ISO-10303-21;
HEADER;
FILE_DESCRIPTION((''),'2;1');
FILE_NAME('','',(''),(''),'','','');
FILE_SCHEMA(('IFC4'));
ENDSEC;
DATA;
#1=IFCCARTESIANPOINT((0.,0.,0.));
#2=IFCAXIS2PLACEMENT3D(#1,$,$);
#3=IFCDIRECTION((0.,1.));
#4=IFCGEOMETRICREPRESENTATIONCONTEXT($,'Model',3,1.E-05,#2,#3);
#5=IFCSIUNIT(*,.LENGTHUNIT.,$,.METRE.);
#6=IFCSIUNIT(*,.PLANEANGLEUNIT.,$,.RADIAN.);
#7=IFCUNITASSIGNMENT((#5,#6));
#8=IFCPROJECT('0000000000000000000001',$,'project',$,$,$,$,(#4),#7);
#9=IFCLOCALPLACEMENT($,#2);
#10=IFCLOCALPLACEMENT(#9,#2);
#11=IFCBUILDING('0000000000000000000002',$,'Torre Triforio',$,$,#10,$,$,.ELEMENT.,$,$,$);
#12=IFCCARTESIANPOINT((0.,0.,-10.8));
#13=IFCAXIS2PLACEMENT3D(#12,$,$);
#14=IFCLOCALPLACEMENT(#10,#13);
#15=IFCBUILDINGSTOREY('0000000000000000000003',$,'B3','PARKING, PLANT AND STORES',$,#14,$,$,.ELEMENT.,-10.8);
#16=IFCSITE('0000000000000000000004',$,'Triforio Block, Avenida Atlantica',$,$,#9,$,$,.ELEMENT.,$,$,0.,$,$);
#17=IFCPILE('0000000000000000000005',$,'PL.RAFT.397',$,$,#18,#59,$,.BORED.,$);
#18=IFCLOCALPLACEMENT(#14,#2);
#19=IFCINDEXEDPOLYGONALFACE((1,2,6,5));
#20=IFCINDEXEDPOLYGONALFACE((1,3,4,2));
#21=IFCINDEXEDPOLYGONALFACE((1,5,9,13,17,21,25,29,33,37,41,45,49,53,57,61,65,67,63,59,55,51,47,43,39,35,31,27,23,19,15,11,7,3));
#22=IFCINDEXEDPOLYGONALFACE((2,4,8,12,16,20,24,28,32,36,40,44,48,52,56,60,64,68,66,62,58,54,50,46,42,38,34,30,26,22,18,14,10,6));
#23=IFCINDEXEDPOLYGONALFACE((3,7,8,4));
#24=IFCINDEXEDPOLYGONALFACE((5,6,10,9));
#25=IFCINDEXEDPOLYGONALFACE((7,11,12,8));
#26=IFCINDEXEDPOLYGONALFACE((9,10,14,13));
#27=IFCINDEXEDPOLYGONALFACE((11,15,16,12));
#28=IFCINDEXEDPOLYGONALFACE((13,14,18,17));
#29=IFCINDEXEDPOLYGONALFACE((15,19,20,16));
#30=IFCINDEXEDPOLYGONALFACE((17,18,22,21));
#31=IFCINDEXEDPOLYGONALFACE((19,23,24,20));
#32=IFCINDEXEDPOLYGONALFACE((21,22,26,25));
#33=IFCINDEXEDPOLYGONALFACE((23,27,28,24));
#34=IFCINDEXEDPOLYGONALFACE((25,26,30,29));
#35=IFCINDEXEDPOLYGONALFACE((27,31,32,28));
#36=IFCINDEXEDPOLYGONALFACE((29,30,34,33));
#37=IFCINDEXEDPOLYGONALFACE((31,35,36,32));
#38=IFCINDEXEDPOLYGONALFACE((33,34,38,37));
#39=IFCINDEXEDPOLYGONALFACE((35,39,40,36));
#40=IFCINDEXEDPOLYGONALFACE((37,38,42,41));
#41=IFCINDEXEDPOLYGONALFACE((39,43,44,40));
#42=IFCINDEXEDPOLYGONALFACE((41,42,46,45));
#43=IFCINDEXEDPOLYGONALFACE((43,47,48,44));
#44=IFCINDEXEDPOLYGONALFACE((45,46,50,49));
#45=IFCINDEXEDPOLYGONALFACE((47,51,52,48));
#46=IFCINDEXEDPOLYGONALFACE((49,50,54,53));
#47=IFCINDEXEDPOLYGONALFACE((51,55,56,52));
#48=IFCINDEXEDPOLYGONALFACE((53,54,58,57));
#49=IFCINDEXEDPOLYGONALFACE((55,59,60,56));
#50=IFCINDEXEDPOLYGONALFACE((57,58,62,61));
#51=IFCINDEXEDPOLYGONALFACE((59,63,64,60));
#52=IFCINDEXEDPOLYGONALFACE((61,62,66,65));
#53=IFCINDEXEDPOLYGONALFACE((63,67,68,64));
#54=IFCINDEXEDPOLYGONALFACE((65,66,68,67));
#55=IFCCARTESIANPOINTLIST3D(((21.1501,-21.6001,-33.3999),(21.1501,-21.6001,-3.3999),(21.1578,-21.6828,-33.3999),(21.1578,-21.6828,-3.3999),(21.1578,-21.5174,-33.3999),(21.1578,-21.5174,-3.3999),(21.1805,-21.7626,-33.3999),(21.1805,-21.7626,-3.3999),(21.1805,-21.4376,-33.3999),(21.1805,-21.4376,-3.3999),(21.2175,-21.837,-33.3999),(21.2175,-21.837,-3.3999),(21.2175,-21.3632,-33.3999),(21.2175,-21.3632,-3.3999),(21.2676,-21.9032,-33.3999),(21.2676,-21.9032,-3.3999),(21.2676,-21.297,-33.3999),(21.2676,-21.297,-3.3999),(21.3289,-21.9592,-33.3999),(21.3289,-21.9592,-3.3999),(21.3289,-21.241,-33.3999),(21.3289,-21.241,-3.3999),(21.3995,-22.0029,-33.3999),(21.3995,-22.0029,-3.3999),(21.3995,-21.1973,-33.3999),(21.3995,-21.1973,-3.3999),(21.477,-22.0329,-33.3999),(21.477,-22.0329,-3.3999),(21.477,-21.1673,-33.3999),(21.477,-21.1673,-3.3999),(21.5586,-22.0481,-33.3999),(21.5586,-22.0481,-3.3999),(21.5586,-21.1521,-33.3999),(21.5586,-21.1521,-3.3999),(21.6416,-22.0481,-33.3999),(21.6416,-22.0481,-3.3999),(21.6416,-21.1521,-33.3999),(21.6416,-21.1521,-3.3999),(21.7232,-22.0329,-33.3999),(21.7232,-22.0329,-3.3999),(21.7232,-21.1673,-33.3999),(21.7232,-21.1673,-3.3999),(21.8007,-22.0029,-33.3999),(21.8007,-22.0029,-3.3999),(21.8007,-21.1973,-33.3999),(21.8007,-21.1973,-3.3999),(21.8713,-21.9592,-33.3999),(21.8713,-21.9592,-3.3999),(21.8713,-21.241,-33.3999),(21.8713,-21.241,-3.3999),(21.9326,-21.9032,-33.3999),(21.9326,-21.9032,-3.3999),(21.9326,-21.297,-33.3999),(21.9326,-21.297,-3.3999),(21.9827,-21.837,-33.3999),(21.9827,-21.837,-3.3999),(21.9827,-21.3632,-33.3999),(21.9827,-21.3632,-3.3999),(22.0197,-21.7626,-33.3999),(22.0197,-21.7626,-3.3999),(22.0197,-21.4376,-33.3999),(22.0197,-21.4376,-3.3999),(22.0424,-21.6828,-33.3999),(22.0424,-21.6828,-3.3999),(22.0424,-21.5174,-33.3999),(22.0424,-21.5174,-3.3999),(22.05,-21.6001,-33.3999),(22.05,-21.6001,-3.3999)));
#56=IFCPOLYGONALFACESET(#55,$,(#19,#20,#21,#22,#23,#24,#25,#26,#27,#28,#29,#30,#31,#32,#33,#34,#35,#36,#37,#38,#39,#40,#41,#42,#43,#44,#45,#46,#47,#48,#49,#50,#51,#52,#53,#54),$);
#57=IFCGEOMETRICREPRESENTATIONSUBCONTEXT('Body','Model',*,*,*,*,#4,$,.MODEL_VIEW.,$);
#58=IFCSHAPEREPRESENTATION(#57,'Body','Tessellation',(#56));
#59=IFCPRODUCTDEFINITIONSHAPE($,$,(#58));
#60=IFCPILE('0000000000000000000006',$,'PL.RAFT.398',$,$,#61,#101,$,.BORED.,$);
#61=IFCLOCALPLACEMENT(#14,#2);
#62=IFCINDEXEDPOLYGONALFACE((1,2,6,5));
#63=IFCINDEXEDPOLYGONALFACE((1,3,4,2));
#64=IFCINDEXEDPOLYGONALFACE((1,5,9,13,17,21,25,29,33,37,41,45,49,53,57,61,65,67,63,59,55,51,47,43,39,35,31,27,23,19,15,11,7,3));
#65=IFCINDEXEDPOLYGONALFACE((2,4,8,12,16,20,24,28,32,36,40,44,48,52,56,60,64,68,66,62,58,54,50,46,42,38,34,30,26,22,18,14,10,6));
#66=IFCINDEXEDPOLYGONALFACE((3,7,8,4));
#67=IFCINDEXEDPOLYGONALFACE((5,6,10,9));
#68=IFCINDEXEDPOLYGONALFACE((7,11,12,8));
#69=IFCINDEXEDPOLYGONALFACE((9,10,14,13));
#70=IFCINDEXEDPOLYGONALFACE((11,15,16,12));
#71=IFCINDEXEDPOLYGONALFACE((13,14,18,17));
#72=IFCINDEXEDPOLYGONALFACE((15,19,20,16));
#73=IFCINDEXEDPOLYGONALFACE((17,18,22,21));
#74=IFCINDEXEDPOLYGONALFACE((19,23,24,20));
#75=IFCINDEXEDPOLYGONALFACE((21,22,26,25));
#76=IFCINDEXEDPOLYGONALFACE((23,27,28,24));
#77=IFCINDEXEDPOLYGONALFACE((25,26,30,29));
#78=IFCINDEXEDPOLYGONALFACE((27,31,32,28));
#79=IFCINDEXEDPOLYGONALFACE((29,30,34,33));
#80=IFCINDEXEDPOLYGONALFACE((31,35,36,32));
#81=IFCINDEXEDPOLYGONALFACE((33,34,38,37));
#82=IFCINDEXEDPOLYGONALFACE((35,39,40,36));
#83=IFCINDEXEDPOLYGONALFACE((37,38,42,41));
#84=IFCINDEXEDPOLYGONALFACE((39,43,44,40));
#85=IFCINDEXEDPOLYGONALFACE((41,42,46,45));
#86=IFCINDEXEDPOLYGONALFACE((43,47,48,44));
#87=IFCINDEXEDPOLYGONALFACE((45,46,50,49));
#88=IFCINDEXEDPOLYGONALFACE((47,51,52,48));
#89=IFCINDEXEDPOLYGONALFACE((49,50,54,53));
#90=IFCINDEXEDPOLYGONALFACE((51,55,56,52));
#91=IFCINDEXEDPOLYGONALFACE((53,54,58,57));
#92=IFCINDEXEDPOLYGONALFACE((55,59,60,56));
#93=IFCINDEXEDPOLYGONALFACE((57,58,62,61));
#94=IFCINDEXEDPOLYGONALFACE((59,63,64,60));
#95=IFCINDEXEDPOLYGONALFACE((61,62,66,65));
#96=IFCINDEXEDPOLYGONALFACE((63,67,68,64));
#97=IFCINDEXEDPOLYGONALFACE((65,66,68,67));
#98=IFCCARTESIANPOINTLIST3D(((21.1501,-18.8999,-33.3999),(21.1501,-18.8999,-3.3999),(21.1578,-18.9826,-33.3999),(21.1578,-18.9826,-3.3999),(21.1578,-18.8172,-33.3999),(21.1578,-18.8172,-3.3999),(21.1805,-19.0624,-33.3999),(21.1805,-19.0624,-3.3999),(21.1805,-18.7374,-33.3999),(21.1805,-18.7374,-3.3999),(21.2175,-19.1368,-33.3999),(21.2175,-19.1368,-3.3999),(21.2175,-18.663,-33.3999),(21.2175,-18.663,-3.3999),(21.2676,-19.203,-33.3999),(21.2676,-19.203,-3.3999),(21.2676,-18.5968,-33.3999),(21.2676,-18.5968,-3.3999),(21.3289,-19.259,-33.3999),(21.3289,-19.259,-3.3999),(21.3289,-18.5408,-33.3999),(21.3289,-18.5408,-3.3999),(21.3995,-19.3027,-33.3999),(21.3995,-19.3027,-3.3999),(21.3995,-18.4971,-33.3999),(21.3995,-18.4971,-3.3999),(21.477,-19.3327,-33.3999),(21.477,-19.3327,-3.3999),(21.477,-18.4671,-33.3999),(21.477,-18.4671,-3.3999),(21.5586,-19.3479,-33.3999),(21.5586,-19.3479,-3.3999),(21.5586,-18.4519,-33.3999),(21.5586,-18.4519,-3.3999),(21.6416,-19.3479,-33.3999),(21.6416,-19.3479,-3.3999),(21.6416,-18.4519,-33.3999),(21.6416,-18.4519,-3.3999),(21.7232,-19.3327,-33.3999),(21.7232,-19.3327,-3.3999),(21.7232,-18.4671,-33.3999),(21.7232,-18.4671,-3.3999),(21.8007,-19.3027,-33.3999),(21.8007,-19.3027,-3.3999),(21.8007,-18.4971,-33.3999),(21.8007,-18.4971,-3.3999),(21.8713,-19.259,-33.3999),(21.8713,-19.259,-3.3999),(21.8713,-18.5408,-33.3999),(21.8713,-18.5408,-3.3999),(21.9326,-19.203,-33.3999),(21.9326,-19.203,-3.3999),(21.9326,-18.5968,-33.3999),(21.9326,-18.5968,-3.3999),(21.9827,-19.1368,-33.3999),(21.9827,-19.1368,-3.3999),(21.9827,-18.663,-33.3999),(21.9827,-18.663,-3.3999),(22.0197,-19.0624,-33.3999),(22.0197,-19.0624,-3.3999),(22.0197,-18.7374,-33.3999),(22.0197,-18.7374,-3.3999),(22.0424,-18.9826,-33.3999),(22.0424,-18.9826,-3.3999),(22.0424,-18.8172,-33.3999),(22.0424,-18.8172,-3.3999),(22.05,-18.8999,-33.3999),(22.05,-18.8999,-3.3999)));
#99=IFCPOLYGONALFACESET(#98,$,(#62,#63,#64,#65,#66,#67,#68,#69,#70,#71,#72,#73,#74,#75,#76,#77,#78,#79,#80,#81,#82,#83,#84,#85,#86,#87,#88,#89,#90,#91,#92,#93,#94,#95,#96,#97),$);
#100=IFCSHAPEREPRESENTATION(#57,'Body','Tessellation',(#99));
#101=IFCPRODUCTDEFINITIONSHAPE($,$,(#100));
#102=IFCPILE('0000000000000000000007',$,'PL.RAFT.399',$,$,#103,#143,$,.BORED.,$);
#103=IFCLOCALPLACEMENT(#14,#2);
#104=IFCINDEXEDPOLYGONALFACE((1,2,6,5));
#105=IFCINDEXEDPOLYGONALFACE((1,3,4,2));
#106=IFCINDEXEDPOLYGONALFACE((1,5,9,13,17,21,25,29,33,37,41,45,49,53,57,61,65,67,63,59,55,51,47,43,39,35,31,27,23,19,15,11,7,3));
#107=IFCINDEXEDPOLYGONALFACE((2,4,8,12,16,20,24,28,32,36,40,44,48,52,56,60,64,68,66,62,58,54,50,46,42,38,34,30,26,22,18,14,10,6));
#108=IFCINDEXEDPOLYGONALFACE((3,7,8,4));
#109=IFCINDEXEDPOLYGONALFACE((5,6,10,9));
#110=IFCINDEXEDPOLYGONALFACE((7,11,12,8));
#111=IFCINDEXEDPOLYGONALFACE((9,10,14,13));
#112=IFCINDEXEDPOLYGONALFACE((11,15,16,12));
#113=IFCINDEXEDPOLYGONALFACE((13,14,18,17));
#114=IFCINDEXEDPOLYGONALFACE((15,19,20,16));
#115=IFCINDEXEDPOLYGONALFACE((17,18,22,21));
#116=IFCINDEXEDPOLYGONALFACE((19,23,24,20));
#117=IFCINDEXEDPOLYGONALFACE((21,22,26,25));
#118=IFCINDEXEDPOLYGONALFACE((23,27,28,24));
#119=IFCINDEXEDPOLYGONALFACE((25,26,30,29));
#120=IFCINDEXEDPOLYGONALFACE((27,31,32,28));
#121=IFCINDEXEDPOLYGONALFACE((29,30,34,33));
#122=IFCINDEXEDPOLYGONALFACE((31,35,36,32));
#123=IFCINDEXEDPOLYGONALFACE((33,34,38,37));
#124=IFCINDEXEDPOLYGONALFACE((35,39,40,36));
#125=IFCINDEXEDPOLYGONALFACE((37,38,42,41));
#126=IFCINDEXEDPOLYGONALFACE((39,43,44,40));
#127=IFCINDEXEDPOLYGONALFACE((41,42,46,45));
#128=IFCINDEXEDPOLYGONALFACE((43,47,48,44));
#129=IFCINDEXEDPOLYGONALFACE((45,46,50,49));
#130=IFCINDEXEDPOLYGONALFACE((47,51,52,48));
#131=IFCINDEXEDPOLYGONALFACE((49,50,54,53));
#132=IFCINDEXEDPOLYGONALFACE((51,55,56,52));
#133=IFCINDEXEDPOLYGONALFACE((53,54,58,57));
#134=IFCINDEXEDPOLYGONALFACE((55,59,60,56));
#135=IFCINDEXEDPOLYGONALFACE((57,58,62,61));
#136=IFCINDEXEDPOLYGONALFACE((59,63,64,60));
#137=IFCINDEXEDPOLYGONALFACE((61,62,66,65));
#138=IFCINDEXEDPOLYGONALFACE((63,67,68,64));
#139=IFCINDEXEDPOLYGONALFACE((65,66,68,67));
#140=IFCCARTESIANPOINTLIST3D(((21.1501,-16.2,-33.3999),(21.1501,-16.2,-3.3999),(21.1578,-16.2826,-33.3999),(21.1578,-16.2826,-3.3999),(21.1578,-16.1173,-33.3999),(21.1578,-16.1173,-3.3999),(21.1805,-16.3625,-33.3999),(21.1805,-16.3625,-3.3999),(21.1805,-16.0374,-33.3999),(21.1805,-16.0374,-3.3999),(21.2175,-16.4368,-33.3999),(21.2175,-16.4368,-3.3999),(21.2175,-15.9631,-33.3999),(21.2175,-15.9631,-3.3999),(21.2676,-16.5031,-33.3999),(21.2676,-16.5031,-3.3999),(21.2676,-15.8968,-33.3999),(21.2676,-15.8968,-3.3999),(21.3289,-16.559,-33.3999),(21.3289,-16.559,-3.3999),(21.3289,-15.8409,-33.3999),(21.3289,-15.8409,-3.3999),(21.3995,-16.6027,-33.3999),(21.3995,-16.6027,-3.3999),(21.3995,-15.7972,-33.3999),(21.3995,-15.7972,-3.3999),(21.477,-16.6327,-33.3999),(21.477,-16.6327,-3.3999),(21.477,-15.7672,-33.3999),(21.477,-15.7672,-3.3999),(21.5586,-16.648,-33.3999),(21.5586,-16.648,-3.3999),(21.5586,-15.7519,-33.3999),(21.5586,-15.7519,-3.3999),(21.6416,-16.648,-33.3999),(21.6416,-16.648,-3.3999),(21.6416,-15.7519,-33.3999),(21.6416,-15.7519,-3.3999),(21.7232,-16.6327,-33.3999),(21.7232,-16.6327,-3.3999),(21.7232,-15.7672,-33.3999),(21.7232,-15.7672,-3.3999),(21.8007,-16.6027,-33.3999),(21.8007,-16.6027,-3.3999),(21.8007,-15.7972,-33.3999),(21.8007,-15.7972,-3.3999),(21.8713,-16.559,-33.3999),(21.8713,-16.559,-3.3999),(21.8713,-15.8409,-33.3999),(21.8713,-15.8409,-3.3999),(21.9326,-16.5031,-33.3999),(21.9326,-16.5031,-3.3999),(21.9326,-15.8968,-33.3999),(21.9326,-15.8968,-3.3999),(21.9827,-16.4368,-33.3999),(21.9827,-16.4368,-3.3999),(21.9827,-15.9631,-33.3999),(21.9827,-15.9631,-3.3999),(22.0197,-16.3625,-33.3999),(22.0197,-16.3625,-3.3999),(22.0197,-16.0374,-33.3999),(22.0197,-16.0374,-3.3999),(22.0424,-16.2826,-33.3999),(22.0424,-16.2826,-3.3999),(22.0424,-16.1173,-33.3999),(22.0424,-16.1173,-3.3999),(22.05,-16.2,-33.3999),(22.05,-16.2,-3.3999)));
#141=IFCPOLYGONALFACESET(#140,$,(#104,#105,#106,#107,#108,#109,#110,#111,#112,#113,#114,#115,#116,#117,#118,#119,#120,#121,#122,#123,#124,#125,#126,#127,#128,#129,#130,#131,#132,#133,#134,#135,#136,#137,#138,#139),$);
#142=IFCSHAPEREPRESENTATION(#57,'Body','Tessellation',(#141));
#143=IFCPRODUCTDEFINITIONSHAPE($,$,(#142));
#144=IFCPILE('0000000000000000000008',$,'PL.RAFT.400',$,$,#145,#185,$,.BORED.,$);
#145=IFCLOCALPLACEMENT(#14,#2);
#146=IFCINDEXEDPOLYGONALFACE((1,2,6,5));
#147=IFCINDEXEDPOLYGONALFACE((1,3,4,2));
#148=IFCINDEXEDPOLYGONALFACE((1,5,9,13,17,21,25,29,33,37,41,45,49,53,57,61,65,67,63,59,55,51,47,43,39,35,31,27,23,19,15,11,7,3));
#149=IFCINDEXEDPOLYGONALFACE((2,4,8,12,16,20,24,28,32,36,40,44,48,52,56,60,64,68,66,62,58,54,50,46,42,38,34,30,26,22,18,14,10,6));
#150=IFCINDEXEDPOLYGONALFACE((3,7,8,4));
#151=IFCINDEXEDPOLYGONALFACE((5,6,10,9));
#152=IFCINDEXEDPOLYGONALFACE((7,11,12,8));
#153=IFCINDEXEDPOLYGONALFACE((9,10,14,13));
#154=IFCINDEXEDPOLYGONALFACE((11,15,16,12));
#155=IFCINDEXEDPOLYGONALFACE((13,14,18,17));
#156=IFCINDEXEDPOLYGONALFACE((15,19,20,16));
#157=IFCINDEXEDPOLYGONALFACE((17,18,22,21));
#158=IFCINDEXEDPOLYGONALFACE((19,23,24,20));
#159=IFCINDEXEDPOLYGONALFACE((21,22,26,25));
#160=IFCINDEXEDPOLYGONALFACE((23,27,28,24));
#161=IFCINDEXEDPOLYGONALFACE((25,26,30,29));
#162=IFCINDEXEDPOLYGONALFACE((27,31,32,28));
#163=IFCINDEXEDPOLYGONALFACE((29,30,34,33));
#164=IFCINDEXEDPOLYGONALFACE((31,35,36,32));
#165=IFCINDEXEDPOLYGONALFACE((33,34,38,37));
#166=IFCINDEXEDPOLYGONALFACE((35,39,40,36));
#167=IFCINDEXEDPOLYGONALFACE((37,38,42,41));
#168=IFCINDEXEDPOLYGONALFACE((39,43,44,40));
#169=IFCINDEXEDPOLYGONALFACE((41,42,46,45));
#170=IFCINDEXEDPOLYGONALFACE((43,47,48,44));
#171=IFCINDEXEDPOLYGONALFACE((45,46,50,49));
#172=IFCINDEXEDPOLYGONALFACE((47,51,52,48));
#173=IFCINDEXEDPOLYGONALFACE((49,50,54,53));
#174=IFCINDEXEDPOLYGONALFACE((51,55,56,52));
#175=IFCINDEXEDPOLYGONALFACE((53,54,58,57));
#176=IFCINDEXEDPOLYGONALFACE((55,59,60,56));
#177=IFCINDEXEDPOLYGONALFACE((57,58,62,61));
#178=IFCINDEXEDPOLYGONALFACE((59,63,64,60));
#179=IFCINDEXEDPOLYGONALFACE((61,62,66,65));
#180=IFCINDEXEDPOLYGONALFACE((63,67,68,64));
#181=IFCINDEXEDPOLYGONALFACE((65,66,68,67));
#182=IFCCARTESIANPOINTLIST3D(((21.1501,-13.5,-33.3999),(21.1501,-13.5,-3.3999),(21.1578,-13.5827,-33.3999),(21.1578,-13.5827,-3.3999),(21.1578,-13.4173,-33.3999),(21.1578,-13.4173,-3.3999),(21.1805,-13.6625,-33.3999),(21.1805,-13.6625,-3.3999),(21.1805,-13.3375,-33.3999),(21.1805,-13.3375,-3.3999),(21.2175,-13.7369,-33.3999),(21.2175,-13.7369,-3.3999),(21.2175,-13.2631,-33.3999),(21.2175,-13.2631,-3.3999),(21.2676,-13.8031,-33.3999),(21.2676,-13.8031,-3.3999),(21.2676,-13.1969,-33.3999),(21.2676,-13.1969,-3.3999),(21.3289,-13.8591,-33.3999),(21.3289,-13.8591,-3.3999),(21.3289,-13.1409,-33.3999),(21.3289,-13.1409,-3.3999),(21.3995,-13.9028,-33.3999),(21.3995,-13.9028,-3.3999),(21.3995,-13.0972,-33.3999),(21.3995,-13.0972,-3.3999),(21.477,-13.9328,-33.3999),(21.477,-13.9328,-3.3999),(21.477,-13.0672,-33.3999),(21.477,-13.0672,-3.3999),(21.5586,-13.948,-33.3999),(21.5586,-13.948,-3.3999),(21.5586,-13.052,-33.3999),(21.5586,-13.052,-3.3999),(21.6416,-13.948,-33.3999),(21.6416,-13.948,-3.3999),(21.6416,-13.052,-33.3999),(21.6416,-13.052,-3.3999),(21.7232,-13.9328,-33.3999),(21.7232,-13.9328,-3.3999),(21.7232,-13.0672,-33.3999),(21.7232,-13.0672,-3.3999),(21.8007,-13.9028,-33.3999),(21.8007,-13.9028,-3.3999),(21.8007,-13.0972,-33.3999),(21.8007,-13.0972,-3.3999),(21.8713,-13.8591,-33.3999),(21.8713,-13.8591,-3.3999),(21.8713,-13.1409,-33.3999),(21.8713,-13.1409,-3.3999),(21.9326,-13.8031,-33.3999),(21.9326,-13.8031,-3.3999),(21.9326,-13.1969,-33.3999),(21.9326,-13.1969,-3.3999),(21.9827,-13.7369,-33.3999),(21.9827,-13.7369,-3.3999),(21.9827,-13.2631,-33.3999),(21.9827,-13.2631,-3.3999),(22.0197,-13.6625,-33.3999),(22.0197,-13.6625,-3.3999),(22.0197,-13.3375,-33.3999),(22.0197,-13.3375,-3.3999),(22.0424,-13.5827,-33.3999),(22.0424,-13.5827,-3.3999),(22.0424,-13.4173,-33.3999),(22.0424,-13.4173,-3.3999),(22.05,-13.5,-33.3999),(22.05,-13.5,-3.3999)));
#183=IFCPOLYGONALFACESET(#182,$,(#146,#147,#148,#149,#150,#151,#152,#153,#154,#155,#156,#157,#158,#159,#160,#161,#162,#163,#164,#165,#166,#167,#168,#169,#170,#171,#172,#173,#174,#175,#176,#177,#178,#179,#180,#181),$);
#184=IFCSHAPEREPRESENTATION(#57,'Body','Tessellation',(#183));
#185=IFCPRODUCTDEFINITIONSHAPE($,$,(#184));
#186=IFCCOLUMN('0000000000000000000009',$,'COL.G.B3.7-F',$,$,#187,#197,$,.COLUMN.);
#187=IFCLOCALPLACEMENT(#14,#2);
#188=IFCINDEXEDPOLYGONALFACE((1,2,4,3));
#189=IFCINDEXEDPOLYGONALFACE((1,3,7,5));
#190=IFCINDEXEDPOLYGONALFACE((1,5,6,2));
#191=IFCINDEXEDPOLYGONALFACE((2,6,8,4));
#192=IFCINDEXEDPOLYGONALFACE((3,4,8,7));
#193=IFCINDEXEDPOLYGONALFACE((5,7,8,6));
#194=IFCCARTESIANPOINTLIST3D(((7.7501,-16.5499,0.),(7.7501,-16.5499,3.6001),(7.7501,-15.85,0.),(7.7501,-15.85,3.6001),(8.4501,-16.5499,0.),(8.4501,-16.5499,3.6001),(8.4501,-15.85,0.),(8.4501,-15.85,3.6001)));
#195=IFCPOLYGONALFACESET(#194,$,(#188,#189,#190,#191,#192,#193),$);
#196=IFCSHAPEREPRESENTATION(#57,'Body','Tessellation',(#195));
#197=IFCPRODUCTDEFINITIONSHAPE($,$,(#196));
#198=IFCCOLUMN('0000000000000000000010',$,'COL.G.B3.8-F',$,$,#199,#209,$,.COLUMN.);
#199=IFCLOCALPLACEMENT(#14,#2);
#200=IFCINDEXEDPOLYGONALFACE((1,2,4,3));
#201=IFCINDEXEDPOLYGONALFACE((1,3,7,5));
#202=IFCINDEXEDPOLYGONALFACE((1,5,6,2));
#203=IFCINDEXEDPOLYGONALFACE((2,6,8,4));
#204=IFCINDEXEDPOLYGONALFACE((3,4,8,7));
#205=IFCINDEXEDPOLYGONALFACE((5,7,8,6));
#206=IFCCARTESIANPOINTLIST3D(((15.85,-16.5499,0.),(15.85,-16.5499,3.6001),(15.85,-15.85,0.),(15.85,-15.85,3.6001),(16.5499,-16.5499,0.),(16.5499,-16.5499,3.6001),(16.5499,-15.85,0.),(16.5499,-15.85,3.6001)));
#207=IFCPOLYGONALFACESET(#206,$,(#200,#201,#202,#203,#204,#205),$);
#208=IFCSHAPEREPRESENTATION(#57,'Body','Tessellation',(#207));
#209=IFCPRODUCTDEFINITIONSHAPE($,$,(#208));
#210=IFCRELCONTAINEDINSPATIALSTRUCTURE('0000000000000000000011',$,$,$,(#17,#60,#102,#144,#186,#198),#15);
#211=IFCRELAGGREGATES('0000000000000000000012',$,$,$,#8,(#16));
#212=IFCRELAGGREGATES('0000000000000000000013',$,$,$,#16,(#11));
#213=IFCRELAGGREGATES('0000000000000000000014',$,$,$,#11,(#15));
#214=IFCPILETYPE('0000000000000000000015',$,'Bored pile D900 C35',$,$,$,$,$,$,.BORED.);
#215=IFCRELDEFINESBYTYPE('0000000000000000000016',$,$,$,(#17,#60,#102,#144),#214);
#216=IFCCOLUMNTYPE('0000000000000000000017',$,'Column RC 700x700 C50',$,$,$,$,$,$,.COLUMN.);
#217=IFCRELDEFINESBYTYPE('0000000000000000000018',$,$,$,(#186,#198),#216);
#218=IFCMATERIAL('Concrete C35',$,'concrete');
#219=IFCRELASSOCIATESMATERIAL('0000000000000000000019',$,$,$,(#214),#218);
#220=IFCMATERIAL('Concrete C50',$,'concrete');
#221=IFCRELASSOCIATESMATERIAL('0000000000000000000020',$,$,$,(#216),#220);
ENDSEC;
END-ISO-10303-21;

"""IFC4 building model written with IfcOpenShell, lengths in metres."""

from ifc_helpers import new_model, si_unit, direction, frame, origin, origin_2d, place, context, subcontext, project, spatial, rectangle, circle, extrude, material, material_profile, profile_set, type_object, element, save


model = new_model("IFC4")

# Units and contexts
model_context = context("Model", 3, precision=1e-05, world=origin(), true_north=direction((0.0, 1.0)))
body_context = subcontext(model_context, "Body", "Model", "MODEL_VIEW")
ifc_project = project(units=[si_unit("LENGTHUNIT", "METRE"), si_unit("PLANEANGLEUNIT", "RADIAN")], contexts=[model_context])

# Site, building, storey
site_placement = place(None, origin())
site = spatial("IfcSite", under=ifc_project, at=site_placement, Name="Triforio Block, Avenida Atlantica", CompositionType="ELEMENT", RefElevation=0.0)
building_placement = place(site_placement, origin())
building = spatial("IfcBuilding", under=site, at=building_placement, Name="Torre Triforio", CompositionType="ELEMENT")
storey_placement = place(building_placement, frame((0.0, 0.0, -10.8)))
storey = spatial("IfcBuildingStorey", under=building, at=storey_placement, Name="B3", Description="PARKING, PLANT AND STORES", CompositionType="ELEMENT", Elevation=-10.8)

# Piles
ifc_material_1 = material(Name="Concrete C35", Category="concrete")
ifc_material_profile_1 = material_profile(ifc_material_1, circle(Radius=0.45, at=origin_2d()), Name="RC D900")
ifc_profile_set_1 = profile_set([ifc_material_profile_1], Name="Concrete C35")
pile_type = type_object("IfcPileType", Name="Bored pile D900 C35", PredefinedType="BORED", material=ifc_profile_set_1)
for number, where, z_axis, x_axis, name in (
    (1, (21.6001, -21.6001, -3.3999), (0.0, 0.0, -1.0), (1.0, 0.0, 0.0), "PL.RAFT.397"),
    (2, (21.6001, -18.8999, -3.3999), (0.0, 0.0, -1.0), (1.0, 0.0, 0.0), "PL.RAFT.398"),
    (3, (21.6001, -16.2, -3.3999), (0.0, 0.0, -1.0), (1.0, 0.0, 0.0), "PL.RAFT.399"),
    (4, (21.6001, -13.5, -3.3999), (0.0, 0.0, -1.0), (1.0, 0.0, 0.0), "PL.RAFT.400"),
):
    element("IfcPile", number, at=place(storey_placement, frame(where, z_axis=z_axis, x_axis=x_axis)), inside=storey, type_object=pile_type, Name=name, PredefinedType="BORED", context=body_context, shape_type="SweptSolid", body=[
        extrude(circle(Radius=0.45, at=origin_2d()), origin(), (0.0, 0.0, 1.0), 30.0),
    ])

# Columns
ifc_material_2 = material(Name="Concrete C50", Category="concrete")
ifc_material_profile_2 = material_profile(ifc_material_2, rectangle(XDim=0.7, YDim=0.7, at=origin_2d()), Name="RC 700x700")
ifc_profile_set_2 = profile_set([ifc_material_profile_2], Name="Concrete C50")
column_type_1 = type_object("IfcColumnType", Name="Column RC 700x700 C50", PredefinedType="COLUMN", material=ifc_profile_set_2)
for number, where, z_axis, x_axis, name in (
    (5, (8.1001, -16.2, 0.0), (0.0, 0.0, 1.0), (1.0, 0.0, 0.0), "COL.G.B3.7-F"),
    (6, (16.2, -16.2, 0.0), (0.0, 0.0, 1.0), (1.0, 0.0, 0.0), "COL.G.B3.8-F"),
):
    element("IfcColumn", number, at=place(storey_placement, frame(where, z_axis=z_axis, x_axis=x_axis)), inside=storey, type_object=column_type_1, Name=name, PredefinedType="COLUMN", context=body_context, shape_type="SweptSolid", body=[
        extrude(rectangle(XDim=0.7, YDim=0.7, at=origin_2d()), origin(), (0.0, 0.0, 1.0), 3.6001),
    ])

save(model, "model.ifc")
